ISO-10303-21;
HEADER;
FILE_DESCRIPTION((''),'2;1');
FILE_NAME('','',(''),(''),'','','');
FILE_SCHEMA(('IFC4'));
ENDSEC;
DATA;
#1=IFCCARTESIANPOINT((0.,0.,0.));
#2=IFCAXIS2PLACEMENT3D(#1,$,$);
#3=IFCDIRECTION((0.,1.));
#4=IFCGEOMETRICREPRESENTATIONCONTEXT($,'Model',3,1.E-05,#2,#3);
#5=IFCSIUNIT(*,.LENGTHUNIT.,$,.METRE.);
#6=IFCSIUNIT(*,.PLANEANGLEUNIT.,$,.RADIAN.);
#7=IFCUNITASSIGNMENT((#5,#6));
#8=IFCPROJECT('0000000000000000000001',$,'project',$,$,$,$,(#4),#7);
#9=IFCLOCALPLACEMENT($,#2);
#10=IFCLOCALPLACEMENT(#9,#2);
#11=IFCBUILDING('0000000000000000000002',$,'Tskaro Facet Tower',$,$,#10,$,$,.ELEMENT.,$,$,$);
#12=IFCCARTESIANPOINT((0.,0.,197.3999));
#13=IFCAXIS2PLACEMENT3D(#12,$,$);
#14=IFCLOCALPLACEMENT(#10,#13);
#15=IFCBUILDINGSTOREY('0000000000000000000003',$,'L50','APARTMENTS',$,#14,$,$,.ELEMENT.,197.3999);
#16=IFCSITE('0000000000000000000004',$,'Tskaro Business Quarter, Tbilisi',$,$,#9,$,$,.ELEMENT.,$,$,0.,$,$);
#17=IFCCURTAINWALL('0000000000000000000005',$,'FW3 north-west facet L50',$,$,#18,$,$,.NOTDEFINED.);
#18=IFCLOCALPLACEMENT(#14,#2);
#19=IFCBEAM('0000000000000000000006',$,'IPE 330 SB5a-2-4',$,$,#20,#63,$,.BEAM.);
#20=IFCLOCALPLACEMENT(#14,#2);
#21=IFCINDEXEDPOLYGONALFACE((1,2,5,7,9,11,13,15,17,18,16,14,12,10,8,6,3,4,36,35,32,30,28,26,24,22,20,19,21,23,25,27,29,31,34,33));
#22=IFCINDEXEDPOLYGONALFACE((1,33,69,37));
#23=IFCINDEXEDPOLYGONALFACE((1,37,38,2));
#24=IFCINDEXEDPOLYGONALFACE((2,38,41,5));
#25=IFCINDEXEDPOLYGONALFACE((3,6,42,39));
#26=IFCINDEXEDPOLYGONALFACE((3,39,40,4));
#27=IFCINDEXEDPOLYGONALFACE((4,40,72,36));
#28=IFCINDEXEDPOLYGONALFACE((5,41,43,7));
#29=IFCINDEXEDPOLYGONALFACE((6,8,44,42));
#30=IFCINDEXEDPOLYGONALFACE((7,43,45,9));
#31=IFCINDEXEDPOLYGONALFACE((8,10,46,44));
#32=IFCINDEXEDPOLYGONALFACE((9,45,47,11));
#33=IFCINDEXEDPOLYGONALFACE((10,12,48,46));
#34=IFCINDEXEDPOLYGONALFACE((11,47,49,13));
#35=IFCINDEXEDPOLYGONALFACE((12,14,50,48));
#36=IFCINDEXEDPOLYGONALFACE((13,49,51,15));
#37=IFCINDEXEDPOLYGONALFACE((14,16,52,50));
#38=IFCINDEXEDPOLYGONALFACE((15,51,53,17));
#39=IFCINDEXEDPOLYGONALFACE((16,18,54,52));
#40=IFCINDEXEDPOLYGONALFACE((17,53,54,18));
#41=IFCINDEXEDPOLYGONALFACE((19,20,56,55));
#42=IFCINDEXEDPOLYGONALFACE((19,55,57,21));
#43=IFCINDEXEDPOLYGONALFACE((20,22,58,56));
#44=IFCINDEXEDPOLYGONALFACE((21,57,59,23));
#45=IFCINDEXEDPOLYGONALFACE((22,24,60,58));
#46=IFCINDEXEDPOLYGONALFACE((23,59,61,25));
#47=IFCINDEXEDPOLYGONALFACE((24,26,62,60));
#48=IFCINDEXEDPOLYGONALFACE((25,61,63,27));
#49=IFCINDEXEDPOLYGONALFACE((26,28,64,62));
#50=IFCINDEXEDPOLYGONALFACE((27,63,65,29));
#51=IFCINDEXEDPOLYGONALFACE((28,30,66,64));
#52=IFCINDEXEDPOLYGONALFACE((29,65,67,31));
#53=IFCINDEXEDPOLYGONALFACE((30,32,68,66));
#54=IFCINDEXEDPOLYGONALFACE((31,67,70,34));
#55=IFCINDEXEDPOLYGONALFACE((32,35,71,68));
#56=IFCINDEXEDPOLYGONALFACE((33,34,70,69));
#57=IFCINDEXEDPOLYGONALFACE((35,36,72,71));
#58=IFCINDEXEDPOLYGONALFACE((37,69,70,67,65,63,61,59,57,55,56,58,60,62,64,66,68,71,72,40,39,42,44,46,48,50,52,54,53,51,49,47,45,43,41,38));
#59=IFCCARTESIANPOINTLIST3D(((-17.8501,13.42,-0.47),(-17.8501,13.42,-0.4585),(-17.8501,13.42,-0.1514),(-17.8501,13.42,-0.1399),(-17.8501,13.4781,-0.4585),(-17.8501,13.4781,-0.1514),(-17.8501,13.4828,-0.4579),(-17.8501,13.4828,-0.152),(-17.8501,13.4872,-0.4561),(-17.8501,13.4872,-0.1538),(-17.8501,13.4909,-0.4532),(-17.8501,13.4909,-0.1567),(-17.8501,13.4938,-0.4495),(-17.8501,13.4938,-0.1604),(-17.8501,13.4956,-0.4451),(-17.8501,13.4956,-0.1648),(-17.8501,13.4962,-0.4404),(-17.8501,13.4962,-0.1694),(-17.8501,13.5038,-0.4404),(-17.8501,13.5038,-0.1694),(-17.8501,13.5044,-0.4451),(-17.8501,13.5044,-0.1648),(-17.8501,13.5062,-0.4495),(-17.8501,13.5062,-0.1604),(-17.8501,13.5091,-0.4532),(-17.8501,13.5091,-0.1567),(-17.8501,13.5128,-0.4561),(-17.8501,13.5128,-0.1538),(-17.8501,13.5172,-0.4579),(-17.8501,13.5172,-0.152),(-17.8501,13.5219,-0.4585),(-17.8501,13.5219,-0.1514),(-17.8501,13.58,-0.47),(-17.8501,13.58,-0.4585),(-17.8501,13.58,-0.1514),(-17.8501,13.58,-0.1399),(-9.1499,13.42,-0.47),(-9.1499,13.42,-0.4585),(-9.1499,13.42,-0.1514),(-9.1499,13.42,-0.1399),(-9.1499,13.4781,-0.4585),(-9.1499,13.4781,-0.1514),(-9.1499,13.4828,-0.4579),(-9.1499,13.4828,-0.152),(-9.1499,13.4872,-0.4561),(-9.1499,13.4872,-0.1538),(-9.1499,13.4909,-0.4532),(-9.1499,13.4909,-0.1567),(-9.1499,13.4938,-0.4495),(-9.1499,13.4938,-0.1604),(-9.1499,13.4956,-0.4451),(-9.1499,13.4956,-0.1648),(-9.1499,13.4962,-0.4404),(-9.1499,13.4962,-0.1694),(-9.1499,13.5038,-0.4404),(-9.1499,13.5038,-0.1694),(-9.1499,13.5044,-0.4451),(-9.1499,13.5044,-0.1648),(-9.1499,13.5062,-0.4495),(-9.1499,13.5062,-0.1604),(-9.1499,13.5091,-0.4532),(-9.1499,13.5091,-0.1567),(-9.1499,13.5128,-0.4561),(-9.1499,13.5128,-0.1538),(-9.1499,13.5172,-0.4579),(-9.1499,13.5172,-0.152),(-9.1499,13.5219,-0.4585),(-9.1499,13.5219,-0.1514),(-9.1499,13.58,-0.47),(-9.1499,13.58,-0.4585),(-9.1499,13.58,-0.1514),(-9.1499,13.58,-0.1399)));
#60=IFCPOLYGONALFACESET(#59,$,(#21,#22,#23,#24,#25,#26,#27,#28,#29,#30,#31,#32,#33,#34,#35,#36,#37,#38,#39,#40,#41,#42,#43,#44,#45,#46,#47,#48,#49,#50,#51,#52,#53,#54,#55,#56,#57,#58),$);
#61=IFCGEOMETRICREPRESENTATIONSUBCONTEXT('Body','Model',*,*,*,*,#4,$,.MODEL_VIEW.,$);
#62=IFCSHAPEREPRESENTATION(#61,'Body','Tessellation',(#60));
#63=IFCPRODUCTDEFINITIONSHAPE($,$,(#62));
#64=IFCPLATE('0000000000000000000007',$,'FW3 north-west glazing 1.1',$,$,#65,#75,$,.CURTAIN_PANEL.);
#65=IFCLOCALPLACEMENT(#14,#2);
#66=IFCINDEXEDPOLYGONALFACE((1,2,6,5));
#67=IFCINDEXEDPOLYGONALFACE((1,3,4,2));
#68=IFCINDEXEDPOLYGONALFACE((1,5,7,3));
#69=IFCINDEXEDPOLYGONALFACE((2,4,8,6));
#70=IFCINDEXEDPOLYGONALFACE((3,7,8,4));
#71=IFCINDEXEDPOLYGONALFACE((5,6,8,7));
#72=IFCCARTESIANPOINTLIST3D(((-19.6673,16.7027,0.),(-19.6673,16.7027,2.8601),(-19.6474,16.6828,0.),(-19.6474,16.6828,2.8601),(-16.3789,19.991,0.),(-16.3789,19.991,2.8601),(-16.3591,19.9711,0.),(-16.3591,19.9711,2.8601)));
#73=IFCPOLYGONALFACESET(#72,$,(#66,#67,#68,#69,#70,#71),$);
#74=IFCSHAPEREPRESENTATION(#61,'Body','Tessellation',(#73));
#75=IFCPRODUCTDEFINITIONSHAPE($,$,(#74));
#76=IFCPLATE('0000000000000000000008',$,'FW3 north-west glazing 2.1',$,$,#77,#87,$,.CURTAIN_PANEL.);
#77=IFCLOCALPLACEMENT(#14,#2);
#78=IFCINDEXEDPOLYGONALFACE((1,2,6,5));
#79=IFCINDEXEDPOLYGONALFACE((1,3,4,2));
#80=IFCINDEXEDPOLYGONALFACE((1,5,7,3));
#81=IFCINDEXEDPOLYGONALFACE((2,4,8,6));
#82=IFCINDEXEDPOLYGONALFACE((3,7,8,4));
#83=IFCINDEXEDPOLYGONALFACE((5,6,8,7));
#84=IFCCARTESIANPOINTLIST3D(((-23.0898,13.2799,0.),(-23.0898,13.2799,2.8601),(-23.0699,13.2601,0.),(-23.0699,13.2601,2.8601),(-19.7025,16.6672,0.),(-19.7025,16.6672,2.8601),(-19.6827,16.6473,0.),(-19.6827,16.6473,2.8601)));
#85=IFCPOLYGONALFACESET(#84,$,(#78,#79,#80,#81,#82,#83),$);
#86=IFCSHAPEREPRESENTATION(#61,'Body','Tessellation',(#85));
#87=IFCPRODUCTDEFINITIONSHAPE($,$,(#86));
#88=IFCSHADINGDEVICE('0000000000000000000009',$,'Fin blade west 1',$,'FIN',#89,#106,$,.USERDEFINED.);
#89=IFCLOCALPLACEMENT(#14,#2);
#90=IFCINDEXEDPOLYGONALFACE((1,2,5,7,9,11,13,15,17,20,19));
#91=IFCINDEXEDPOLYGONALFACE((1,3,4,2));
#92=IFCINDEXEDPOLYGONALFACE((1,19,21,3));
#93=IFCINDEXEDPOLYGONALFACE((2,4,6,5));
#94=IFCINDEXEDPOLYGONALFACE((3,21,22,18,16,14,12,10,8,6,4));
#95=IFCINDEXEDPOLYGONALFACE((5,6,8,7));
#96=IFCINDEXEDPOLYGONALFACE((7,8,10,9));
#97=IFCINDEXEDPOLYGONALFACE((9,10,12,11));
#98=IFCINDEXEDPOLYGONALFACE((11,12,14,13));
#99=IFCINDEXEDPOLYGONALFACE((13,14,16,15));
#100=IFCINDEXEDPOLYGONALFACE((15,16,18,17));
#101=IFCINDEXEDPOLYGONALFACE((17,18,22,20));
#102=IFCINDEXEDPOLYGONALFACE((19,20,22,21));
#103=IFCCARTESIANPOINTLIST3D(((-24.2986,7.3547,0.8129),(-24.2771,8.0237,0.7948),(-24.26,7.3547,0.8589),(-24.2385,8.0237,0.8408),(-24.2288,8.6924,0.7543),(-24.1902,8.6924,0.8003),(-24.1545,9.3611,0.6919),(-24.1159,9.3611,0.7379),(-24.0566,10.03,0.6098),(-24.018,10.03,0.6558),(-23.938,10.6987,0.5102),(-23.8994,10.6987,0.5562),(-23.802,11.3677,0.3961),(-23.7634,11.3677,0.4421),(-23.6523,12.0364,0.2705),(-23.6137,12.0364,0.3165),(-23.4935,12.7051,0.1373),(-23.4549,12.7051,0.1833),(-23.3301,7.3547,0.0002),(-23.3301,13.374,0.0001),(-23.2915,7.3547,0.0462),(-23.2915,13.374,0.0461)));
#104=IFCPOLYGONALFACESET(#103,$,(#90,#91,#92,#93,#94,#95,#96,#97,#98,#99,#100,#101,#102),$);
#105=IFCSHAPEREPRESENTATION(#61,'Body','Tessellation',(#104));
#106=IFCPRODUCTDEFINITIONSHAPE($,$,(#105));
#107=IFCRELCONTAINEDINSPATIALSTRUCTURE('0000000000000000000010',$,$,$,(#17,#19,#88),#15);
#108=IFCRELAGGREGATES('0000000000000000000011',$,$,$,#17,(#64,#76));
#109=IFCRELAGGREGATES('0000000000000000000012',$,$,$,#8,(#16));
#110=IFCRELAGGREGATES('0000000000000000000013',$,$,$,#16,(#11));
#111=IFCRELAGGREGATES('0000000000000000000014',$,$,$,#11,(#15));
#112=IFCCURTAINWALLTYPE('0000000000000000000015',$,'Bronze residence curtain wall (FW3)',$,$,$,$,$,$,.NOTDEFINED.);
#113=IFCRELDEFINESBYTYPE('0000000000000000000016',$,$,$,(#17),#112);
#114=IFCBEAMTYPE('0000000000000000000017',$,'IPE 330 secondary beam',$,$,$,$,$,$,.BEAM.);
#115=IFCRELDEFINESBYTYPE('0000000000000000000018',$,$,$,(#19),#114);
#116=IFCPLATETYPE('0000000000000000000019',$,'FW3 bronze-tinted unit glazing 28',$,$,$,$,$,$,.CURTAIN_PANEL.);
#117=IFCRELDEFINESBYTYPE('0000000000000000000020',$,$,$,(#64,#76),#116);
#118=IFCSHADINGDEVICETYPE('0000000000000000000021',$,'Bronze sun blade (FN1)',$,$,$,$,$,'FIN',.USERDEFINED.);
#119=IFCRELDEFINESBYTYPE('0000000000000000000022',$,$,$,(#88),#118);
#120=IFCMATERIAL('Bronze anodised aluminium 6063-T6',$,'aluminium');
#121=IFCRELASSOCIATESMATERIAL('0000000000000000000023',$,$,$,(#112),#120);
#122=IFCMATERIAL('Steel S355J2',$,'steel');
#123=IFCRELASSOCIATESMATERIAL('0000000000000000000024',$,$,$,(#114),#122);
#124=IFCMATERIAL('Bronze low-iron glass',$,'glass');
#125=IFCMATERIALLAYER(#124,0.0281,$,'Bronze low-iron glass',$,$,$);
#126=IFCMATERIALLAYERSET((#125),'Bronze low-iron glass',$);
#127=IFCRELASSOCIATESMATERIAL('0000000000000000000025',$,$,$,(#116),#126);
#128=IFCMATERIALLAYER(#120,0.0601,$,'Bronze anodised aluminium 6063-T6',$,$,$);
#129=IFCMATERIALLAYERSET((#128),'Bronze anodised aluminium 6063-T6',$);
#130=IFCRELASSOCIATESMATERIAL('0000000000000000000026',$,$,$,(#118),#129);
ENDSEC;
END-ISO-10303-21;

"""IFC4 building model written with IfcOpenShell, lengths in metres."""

from ifc_helpers import new_model, si_unit, direction, frame, origin, origin_2d, place, context, subcontext, project, spatial, polyline, rectangle, i_section, outline, extrude, material, layer, layer_set, material_profile, profile_set, type_object, element, aggregate, save


model = new_model("IFC4")

# Units and contexts
model_context = context("Model", 3, precision=1e-05, world=origin(), true_north=direction((0.0, 1.0)))
body_context = subcontext(model_context, "Body", "Model", "MODEL_VIEW")
ifc_project = project(units=[si_unit("LENGTHUNIT", "METRE"), si_unit("PLANEANGLEUNIT", "RADIAN")], contexts=[model_context])

# Site, building, storey
site_placement = place(None, origin())
site = spatial("IfcSite", under=ifc_project, at=site_placement, Name="Tskaro Business Quarter, Tbilisi", CompositionType="ELEMENT", RefElevation=0.0)
building_placement = place(site_placement, origin())
building = spatial("IfcBuilding", under=site, at=building_placement, Name="Tskaro Facet Tower", CompositionType="ELEMENT")
storey_placement = place(building_placement, frame((0.0, 0.0, 197.3999)))
storey = spatial("IfcBuildingStorey", under=building, at=storey_placement, Name="L50", Description="APARTMENTS", CompositionType="ELEMENT", Elevation=197.3999)

# Curtain wall
ifc_material_1 = material(Name="Bronze anodised aluminium 6063-T6", Category="aluminium")
curtain_wall_type = type_object("IfcCurtainWallType", Name="Bronze residence curtain wall (FW3)", PredefinedType="NOTDEFINED", material=ifc_material_1)
curtain_wall_1_placement = place(storey_placement, origin())
curtain_wall_1 = element("IfcCurtainWall", 1, at=curtain_wall_1_placement, inside=storey, type_object=curtain_wall_type, Name="FW3 north-west facet L50", PredefinedType="NOTDEFINED")

# Beam
ifc_material_2 = material(Name="Steel S355J2", Category="steel")
ifc_material_profile_1 = material_profile(ifc_material_2, i_section(OverallWidth=0.1599, OverallDepth=0.3301, WebThickness=0.0076, FlangeThickness=0.0115, FilletRadius=0.0181, at=origin_2d()), Name="IPE 330")
ifc_profile_set_1 = profile_set([ifc_material_profile_1], Name="Steel S355J2")
beam_type_1 = type_object("IfcBeamType", Name="IPE 330 secondary beam", PredefinedType="BEAM", material=ifc_profile_set_1)
beam_1_placement = place(storey_placement, frame((-17.8501, 13.5, -0.3049), z_axis=(1.0, 0.0, 0.0), x_axis=(0.0, 1.0, 0.0)))
element("IfcBeam", 2, at=beam_1_placement, inside=storey, type_object=beam_type_1, Name="IPE 330 SB5a-2-4", PredefinedType="BEAM", context=body_context, shape_type="SweptSolid", body=[
    extrude(i_section(OverallWidth=0.1599, OverallDepth=0.3301, WebThickness=0.0076, FlangeThickness=0.0115, FilletRadius=0.0181, at=origin_2d()), origin(), (0.0, 0.0, 1.0), 8.7002),
])

# Plates
ifc_material_3 = material(Name="Bronze low-iron glass", Category="glass")
ifc_layer_1 = layer(ifc_material_3, 0.0281, Name="Bronze low-iron glass")
ifc_layer_set_1 = layer_set([ifc_layer_1], Name="Bronze low-iron glass")
plate_type = type_object("IfcPlateType", Name="FW3 bronze-tinted unit glazing 28", PredefinedType="CURTAIN_PANEL", material=ifc_layer_set_1)
plate_1_placement = place(storey_placement, frame((-18.0132, 18.3369, 0.0), z_axis=(0.0, 0.0, 1.0), x_axis=(-0.707107, -0.707107, 0.0)))
plate_1 = element("IfcPlate", 3, at=plate_1_placement, type_object=plate_type, Name="FW3 north-west glazing 1.1", PredefinedType="CURTAIN_PANEL", context=body_context, shape_type="SweptSolid", body=[
    extrude(rectangle(XDim=4.6504, YDim=0.0281, at=origin_2d()), origin(), (0.0, 0.0, 1.0), 2.8601),
])
plate_2_placement = place(storey_placement, frame((-21.3862, 14.9636, 0.0), z_axis=(0.0, 0.0, 1.0), x_axis=(-0.707107, -0.707107, 0.0)))
plate_2 = element("IfcPlate", 4, at=plate_2_placement, type_object=plate_type, Name="FW3 north-west glazing 2.1", PredefinedType="CURTAIN_PANEL", context=body_context, shape_type="SweptSolid", body=[
    extrude(rectangle(XDim=4.7903, YDim=0.0281, at=origin_2d()), origin(), (0.0, 0.0, 1.0), 2.8601),
])
aggregate(curtain_wall_1, [plate_1, plate_2])

# Shading device
ifc_layer_2 = layer(ifc_material_1, 0.0601, Name="Bronze anodised aluminium 6063-T6")
ifc_layer_set_2 = layer_set([ifc_layer_2], Name="Bronze anodised aluminium 6063-T6")
shading_device_type = type_object("IfcShadingDeviceType", Name="Bronze sun blade (FN1)", ElementType="FIN", PredefinedType="USERDEFINED", material=ifc_layer_set_2)
shading_device_placement = place(storey_placement, frame((-23.2915, 13.374, 0.0461), z_axis=(0.642776, 0.000011, 0.766054), x_axis=(0.000007, -1.0, 0.000009)))
element("IfcShadingDevice", 5, at=shading_device_placement, inside=storey, type_object=shading_device_type, Name="Fin blade west 1", ObjectType="FIN", PredefinedType="USERDEFINED", context=body_context, shape_type="SweptSolid", body=[
    extrude(outline(polyline([(0.0, 0.0), (6.0193, 0.0), (6.0193, -1.2643), (5.3503, -1.2363), (4.6816, -1.1732), (4.0129, -1.0762), (3.344, -0.9484), (2.6753, -0.7935), (2.0063, -0.6161), (1.3376, -0.4206), (0.6689, -0.2133), (0.0, 0.0)])), origin(), (0.0, 0.0, -1.0), 0.0601),
])

save(model, "model.ifc")
